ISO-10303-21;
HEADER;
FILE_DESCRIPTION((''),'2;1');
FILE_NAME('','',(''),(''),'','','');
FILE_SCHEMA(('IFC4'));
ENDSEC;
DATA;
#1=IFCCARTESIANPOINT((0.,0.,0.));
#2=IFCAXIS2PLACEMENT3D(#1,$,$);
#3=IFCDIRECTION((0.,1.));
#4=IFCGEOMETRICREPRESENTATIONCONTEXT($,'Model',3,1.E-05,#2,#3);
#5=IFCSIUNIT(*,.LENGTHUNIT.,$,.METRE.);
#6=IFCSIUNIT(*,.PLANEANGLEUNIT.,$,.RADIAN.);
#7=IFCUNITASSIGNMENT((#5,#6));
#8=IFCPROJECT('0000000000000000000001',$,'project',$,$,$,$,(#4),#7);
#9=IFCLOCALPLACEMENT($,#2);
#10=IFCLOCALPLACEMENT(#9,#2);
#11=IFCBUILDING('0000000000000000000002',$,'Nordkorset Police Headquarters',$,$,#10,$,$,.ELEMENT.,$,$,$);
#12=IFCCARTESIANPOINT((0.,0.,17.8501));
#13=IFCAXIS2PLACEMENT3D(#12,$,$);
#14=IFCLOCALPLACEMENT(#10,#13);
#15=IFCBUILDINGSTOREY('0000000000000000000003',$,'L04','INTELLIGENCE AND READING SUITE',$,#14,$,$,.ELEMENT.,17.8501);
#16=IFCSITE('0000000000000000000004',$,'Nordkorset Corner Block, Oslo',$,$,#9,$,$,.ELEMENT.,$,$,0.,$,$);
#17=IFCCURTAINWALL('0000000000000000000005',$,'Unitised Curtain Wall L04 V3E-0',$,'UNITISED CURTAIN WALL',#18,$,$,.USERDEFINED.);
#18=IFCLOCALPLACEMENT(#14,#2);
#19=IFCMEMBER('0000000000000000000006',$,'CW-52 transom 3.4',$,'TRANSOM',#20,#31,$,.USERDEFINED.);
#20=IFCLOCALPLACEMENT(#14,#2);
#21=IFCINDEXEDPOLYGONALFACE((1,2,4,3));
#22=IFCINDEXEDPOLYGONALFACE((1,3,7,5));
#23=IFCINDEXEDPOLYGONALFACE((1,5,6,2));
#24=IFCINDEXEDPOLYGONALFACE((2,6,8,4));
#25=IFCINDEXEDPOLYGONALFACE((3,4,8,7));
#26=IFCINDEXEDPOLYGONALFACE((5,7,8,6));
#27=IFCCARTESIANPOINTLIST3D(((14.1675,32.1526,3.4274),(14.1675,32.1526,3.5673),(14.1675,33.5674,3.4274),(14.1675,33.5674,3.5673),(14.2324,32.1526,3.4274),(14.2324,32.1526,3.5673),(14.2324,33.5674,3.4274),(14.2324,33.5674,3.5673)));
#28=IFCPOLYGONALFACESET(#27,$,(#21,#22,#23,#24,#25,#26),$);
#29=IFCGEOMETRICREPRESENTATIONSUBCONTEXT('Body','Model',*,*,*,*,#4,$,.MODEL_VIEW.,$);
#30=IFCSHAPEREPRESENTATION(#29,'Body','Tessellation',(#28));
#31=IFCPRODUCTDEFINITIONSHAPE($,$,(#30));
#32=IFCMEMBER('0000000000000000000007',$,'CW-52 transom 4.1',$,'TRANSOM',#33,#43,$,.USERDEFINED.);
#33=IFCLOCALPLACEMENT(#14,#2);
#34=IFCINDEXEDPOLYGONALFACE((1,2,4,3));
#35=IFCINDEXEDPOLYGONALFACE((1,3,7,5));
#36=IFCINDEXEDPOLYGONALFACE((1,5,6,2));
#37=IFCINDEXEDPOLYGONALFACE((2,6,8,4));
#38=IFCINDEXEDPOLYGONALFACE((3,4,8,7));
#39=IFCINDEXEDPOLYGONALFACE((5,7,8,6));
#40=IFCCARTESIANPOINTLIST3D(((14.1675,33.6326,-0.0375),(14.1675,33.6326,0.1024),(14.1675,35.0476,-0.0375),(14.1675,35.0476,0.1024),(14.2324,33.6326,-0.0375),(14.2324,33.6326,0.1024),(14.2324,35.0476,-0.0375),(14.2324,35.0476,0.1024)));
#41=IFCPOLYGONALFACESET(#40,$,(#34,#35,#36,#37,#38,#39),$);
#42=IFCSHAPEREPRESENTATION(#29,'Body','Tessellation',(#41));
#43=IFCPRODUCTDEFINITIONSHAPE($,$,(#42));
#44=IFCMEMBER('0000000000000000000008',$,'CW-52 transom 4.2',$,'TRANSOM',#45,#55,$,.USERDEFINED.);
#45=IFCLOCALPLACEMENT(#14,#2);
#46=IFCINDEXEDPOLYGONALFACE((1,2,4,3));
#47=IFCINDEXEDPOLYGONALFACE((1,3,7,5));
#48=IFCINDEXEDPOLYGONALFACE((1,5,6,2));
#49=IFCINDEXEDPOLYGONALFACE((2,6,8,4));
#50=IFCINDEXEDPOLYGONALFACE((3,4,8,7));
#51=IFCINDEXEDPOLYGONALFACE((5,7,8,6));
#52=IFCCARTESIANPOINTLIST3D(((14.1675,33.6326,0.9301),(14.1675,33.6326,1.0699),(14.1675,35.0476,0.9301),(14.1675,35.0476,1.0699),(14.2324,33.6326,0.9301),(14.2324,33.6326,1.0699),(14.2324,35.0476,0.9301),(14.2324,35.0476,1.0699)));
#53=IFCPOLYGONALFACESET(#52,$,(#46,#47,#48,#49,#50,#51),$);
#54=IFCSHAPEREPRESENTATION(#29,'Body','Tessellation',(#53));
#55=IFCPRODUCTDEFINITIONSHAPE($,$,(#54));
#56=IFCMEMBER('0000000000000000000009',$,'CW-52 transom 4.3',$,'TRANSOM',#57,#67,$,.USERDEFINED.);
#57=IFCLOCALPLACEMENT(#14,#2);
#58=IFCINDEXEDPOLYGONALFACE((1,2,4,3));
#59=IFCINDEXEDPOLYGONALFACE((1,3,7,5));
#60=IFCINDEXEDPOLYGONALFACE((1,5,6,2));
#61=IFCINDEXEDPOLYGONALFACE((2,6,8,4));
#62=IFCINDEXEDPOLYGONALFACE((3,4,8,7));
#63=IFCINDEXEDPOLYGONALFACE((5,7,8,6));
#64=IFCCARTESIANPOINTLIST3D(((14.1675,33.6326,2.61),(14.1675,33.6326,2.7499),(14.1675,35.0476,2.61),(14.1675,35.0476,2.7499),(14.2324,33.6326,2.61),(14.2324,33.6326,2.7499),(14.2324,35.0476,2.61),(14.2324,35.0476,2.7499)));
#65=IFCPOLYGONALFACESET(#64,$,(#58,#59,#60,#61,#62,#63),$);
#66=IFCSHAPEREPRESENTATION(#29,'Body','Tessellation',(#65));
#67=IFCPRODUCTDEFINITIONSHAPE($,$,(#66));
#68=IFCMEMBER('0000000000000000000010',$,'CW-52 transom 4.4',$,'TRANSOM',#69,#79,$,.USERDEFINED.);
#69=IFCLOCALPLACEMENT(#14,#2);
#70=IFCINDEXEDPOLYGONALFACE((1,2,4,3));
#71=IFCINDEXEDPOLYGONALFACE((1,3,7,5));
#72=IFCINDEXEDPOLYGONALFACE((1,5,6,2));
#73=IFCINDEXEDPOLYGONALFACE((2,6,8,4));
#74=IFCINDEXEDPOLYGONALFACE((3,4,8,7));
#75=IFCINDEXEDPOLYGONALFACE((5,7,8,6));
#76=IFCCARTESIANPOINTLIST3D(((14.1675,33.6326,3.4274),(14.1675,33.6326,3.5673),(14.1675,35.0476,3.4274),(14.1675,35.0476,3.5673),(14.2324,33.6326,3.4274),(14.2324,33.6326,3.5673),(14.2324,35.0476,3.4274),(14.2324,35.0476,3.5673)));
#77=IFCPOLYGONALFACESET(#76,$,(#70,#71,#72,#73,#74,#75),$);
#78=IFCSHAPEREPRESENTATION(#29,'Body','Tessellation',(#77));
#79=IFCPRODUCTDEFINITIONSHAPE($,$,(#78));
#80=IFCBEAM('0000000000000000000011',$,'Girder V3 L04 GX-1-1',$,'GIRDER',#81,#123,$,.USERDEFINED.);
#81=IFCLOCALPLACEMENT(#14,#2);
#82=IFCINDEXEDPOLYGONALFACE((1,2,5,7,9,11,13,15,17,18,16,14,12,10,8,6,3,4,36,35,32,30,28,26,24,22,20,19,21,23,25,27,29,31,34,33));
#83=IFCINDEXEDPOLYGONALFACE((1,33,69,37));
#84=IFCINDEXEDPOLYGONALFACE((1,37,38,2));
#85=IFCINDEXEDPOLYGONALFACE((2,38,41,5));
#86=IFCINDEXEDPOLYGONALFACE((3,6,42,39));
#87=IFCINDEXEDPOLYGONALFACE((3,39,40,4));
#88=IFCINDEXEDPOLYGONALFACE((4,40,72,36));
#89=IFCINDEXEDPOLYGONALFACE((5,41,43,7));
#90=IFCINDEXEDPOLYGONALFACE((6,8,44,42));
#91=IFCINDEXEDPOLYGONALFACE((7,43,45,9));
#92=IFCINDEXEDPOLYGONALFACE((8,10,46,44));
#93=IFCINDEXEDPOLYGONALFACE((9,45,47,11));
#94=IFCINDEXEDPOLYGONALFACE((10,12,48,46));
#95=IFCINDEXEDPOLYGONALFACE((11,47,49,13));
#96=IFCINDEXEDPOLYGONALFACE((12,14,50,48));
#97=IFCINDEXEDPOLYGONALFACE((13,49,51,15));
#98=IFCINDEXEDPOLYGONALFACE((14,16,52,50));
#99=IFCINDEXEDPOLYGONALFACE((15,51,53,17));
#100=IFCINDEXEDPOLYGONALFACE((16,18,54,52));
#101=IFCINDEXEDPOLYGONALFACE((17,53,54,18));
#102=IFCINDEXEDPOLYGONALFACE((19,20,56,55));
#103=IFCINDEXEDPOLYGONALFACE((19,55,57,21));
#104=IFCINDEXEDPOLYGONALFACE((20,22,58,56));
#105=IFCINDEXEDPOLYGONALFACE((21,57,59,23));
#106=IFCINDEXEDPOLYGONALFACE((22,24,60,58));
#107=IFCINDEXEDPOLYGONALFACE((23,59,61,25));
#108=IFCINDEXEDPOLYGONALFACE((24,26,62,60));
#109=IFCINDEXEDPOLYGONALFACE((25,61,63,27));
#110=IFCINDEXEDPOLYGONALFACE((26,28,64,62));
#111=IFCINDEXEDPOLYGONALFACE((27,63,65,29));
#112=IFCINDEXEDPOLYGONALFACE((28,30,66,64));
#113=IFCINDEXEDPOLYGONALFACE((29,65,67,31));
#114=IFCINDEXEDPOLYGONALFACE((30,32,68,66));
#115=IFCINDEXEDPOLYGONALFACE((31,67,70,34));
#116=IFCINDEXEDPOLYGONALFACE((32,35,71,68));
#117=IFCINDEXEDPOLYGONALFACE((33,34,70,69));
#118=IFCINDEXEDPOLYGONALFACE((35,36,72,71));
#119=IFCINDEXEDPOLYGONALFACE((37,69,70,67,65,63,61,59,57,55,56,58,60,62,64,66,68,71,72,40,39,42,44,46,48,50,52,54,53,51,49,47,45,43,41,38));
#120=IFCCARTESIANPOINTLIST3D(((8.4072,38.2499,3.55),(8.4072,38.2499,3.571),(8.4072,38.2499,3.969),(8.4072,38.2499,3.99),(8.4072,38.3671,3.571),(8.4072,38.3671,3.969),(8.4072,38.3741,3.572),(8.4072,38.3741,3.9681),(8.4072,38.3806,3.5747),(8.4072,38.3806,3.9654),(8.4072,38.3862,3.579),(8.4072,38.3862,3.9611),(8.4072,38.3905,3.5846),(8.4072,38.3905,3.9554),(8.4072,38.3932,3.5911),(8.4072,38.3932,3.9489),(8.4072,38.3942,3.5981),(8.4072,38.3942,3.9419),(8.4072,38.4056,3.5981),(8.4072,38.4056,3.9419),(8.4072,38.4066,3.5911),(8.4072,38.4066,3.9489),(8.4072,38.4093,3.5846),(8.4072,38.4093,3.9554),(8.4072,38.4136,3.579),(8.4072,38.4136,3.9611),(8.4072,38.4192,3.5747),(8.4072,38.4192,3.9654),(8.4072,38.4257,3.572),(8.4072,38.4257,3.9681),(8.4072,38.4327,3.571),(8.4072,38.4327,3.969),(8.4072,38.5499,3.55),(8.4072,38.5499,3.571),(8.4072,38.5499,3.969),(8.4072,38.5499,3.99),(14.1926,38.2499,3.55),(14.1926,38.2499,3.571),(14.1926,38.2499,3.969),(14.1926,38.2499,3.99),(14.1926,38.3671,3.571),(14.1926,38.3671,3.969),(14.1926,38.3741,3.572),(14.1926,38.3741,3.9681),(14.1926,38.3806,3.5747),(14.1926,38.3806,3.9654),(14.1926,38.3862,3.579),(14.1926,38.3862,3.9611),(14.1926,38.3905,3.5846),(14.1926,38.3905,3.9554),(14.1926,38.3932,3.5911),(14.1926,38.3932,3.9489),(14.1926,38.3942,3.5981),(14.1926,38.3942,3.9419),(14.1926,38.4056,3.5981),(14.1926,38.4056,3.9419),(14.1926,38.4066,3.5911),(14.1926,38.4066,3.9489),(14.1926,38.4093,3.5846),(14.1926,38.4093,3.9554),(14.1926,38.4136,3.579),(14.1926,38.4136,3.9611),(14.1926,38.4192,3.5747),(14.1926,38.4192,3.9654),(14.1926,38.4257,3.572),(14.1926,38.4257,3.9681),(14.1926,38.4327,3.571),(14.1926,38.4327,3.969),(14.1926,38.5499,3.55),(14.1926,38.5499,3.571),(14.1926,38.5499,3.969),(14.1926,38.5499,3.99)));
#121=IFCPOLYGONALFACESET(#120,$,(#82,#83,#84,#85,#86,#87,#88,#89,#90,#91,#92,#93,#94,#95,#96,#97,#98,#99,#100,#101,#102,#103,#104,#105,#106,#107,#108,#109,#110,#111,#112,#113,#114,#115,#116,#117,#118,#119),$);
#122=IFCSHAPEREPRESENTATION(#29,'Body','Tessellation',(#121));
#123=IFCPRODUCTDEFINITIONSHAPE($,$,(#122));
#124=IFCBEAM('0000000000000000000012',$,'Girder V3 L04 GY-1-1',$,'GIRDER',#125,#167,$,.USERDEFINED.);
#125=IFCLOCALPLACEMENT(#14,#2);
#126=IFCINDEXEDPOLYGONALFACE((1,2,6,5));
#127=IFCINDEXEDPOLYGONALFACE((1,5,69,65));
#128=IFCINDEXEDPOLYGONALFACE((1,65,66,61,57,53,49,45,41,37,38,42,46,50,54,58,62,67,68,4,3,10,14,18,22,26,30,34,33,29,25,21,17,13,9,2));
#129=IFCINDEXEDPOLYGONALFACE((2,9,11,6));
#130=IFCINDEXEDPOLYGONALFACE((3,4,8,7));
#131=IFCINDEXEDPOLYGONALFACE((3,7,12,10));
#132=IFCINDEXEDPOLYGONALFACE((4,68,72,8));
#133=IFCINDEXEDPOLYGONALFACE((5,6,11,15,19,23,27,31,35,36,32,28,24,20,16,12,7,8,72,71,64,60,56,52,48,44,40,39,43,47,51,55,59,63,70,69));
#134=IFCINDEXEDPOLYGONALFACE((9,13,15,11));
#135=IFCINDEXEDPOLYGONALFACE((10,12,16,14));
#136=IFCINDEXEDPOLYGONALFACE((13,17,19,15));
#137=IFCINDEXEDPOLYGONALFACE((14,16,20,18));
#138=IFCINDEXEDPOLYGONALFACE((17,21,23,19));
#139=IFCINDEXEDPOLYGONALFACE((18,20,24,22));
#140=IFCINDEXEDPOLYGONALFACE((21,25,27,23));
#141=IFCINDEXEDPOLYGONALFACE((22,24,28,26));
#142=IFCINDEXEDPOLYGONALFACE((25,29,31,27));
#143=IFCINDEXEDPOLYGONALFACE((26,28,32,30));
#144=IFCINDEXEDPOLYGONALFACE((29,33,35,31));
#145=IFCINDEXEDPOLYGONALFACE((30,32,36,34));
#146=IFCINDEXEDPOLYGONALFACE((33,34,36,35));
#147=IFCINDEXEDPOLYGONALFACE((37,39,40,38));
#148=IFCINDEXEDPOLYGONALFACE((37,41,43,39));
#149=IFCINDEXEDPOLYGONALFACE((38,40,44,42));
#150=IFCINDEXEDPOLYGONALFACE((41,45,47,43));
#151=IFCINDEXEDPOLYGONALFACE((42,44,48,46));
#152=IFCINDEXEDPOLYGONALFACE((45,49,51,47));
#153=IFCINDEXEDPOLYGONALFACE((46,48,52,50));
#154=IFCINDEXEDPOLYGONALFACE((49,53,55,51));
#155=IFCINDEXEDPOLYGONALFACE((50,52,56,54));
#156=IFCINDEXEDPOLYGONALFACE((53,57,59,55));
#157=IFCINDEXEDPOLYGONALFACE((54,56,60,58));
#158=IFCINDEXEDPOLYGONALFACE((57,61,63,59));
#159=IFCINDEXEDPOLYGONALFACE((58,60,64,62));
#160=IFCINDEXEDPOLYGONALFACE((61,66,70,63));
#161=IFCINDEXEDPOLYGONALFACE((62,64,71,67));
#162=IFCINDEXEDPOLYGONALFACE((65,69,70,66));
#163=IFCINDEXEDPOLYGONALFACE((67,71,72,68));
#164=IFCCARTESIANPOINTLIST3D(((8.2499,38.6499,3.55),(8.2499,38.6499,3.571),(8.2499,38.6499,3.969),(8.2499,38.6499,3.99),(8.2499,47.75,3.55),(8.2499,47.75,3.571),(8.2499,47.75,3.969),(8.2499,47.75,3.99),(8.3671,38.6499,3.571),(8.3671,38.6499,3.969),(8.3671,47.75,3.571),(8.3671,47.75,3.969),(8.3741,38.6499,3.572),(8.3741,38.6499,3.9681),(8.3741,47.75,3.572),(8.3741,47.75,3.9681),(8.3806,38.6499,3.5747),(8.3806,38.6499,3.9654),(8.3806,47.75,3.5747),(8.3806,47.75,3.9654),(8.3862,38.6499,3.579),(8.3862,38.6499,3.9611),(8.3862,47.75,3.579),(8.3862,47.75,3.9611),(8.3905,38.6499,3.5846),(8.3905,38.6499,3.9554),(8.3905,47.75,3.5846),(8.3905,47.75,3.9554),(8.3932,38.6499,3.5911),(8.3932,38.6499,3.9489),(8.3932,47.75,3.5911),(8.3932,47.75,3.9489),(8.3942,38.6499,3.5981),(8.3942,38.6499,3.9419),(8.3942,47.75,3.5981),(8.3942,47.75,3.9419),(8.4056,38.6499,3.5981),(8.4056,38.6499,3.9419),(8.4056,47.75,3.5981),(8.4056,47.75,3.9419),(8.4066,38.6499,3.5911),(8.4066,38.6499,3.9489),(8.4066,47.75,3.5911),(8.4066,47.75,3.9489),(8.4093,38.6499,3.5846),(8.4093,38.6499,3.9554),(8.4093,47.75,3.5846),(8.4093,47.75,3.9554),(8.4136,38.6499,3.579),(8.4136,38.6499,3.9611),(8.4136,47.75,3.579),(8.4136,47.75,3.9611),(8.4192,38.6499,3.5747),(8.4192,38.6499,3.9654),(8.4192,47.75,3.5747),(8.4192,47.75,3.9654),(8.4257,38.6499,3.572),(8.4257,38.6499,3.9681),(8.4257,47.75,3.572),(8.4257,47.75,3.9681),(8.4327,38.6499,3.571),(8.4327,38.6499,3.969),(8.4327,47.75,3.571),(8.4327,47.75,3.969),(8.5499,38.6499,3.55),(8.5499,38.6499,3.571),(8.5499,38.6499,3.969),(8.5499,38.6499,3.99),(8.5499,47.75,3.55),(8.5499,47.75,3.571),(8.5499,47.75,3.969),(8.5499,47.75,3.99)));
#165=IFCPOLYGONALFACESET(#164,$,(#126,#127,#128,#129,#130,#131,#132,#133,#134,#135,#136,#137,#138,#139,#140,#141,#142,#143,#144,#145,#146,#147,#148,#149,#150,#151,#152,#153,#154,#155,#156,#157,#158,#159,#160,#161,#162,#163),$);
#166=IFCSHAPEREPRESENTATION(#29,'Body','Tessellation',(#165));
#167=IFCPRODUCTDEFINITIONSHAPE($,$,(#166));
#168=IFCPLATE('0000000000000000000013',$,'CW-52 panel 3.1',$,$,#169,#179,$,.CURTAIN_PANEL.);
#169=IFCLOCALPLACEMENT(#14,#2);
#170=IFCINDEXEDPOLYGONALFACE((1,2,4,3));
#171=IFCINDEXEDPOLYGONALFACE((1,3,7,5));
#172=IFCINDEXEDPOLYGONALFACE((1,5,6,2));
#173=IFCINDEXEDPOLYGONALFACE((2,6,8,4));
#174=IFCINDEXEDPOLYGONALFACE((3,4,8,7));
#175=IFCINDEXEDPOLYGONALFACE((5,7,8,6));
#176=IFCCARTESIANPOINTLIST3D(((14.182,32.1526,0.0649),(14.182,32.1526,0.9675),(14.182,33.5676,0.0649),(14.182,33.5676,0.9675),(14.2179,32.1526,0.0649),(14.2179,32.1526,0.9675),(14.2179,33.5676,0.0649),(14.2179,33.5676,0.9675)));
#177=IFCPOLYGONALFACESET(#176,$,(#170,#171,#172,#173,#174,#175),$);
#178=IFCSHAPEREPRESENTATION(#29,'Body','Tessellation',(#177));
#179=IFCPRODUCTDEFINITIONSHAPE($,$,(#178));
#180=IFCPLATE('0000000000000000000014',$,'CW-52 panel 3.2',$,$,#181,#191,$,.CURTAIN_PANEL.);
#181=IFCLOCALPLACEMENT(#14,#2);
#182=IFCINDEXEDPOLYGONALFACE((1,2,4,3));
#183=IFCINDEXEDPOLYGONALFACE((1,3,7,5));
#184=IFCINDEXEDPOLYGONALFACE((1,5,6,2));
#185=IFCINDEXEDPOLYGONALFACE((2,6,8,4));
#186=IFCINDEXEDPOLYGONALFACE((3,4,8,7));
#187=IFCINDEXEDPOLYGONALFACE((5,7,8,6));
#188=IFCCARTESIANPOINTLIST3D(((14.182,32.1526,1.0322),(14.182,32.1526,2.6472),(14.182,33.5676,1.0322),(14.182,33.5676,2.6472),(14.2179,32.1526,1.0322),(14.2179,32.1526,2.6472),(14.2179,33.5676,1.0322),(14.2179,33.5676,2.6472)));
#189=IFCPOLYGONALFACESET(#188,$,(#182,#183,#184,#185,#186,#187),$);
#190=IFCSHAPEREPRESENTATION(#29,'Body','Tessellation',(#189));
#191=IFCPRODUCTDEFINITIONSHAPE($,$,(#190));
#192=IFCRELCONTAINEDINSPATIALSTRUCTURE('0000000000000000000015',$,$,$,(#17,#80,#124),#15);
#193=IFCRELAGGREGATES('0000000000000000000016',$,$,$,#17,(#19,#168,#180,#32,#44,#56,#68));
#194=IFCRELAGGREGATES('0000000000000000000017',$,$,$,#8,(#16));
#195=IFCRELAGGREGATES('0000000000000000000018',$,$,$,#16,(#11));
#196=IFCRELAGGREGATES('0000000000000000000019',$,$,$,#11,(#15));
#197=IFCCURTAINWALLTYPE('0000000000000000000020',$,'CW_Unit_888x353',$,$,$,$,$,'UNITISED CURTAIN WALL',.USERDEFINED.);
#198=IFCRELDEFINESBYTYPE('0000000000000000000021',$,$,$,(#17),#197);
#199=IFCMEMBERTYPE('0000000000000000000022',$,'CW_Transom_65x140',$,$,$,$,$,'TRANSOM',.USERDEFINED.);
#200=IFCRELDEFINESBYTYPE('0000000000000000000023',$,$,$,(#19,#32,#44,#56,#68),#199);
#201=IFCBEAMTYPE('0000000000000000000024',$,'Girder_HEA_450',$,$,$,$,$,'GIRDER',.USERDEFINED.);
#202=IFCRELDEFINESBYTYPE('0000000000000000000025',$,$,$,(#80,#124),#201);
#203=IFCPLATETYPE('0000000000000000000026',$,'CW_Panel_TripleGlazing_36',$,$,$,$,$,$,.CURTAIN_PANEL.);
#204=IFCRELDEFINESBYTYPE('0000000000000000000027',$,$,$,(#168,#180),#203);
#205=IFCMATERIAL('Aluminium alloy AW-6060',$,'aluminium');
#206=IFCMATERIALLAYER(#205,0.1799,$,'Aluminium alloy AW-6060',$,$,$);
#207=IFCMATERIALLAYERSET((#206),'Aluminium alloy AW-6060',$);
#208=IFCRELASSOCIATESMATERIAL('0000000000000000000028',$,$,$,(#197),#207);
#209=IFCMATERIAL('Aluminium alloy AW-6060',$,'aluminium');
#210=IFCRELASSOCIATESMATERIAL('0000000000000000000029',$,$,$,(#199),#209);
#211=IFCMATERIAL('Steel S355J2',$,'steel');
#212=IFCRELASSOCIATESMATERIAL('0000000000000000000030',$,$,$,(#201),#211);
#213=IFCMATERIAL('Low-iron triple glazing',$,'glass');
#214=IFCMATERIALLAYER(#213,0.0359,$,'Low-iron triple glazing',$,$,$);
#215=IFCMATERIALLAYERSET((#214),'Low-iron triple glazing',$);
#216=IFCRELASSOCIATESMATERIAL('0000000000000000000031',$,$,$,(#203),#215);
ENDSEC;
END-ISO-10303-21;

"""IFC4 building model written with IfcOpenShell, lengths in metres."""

from ifc_helpers import new_model, si_unit, direction, frame, origin, origin_2d, place, context, subcontext, project, spatial, rectangle, i_section, extrude, material, layer, layer_set, material_profile, profile_set, type_object, element, aggregate, save


model = new_model("IFC4")

# Units and contexts
model_context = context("Model", 3, precision=1e-05, world=origin(), true_north=direction((0.0, 1.0)))
body_context = subcontext(model_context, "Body", "Model", "MODEL_VIEW")
ifc_project = project(units=[si_unit("LENGTHUNIT", "METRE"), si_unit("PLANEANGLEUNIT", "RADIAN")], contexts=[model_context])

# Site, building, storey
site_placement = place(None, origin())
site = spatial("IfcSite", under=ifc_project, at=site_placement, Name="Nordkorset Corner Block, Oslo", CompositionType="ELEMENT", RefElevation=0.0)
building_placement = place(site_placement, origin())
building = spatial("IfcBuilding", under=site, at=building_placement, Name="Nordkorset Police Headquarters", CompositionType="ELEMENT")
storey_placement = place(building_placement, frame((0.0, 0.0, 17.8501)))
storey = spatial("IfcBuildingStorey", under=building, at=storey_placement, Name="L04", Description="INTELLIGENCE AND READING SUITE", CompositionType="ELEMENT", Elevation=17.8501)

# Curtain wall, members
ifc_material_1 = material(Name="Aluminium alloy AW-6060", Category="aluminium")
ifc_layer_1 = layer(ifc_material_1, 0.1799, Name="Aluminium alloy AW-6060")
ifc_layer_set_1 = layer_set([ifc_layer_1], Name="Aluminium alloy AW-6060")
curtain_wall_type = type_object("IfcCurtainWallType", Name="CW_Unit_888x353", ElementType="UNITISED CURTAIN WALL", PredefinedType="USERDEFINED", material=ifc_layer_set_1)
curtain_wall_placement = place(storey_placement, origin())
curtain_wall = element("IfcCurtainWall", 1, at=curtain_wall_placement, inside=storey, type_object=curtain_wall_type, Name="Unitised Curtain Wall L04 V3E-0", ObjectType="UNITISED CURTAIN WALL", PredefinedType="USERDEFINED")
ifc_material_2 = material(Name="Aluminium alloy AW-6060", Category="aluminium")
ifc_material_profile_1 = material_profile(ifc_material_2, rectangle(XDim=0.0649, YDim=0.1399, at=origin_2d()), Name="ALU TRAN 65x140")
ifc_profile_set_1 = profile_set([ifc_material_profile_1], Name="Aluminium alloy AW-6060")
member_type_1 = type_object("IfcMemberType", Name="CW_Transom_65x140", ElementType="TRANSOM", PredefinedType="USERDEFINED", material=ifc_profile_set_1)
member_1_placement = place(storey_placement, frame((14.2, 32.1526, 3.4973), z_axis=(0.0, 1.0, 0.0), x_axis=(-1.0, 0.0, 0.0)))
member_1 = element("IfcMember", 2, at=member_1_placement, type_object=member_type_1, Name="CW-52 transom 3.4", ObjectType="TRANSOM", PredefinedType="USERDEFINED", context=body_context, shape_type="SweptSolid", body=[
    extrude(rectangle(XDim=0.0649, YDim=0.1399, at=origin_2d()), origin(), (0.0, 0.0, 1.0), 1.4148),
])
member_2_placement = place(storey_placement, frame((14.2, 33.6326, 0.0325), z_axis=(0.0, 1.0, 0.0), x_axis=(-1.0, 0.0, 0.0)))
member_2 = element("IfcMember", 3, at=member_2_placement, type_object=member_type_1, Name="CW-52 transom 4.1", ObjectType="TRANSOM", PredefinedType="USERDEFINED", context=body_context, shape_type="SweptSolid", body=[
    extrude(rectangle(XDim=0.0649, YDim=0.1399, at=origin_2d()), origin(), (0.0, 0.0, 1.0), 1.415),
])
member_3_placement = place(storey_placement, frame((14.2, 33.6326, 1.0), z_axis=(0.0, 1.0, 0.0), x_axis=(-1.0, 0.0, 0.0)))
member_3 = element("IfcMember", 4, at=member_3_placement, type_object=member_type_1, Name="CW-52 transom 4.2", ObjectType="TRANSOM", PredefinedType="USERDEFINED", context=body_context, shape_type="SweptSolid", body=[
    extrude(rectangle(XDim=0.0649, YDim=0.1399, at=origin_2d()), origin(), (0.0, 0.0, 1.0), 1.415),
])
member_4_placement = place(storey_placement, frame((14.2, 33.6326, 2.6799), z_axis=(0.0, 1.0, 0.0), x_axis=(-1.0, 0.0, 0.0)))
member_4 = element("IfcMember", 5, at=member_4_placement, type_object=member_type_1, Name="CW-52 transom 4.3", ObjectType="TRANSOM", PredefinedType="USERDEFINED", context=body_context, shape_type="SweptSolid", body=[
    extrude(rectangle(XDim=0.0649, YDim=0.1399, at=origin_2d()), origin(), (0.0, 0.0, 1.0), 1.415),
])
member_5_placement = place(storey_placement, frame((14.2, 33.6326, 3.4973), z_axis=(0.0, 1.0, 0.0), x_axis=(-1.0, 0.0, 0.0)))
member_5 = element("IfcMember", 6, at=member_5_placement, type_object=member_type_1, Name="CW-52 transom 4.4", ObjectType="TRANSOM", PredefinedType="USERDEFINED", context=body_context, shape_type="SweptSolid", body=[
    extrude(rectangle(XDim=0.0649, YDim=0.1399, at=origin_2d()), origin(), (0.0, 0.0, 1.0), 1.415),
])

# Beams
ifc_material_3 = material(Name="Steel S355J2", Category="steel")
ifc_material_profile_2 = material_profile(ifc_material_3, i_section(OverallWidth=0.3, OverallDepth=0.4399, WebThickness=0.0115, FlangeThickness=0.021, FilletRadius=0.0271, at=origin_2d()), Name="HEA 450")
ifc_profile_set_2 = profile_set([ifc_material_profile_2], Name="Steel S355J2")
beam_type_1 = type_object("IfcBeamType", Name="Girder_HEA_450", ElementType="GIRDER", PredefinedType="USERDEFINED", material=ifc_profile_set_2)
beam_1_placement = place(storey_placement, frame((8.4072, 38.3999, 3.77), z_axis=(1.0, 0.0, 0.0), x_axis=(0.0, 1.0, 0.0)))
element("IfcBeam", 7, at=beam_1_placement, inside=storey, type_object=beam_type_1, Name="Girder V3 L04 GX-1-1", ObjectType="GIRDER", PredefinedType="USERDEFINED", context=body_context, shape_type="SweptSolid", body=[
    extrude(i_section(OverallWidth=0.3, OverallDepth=0.4399, WebThickness=0.0115, FlangeThickness=0.021, FilletRadius=0.0271, at=origin_2d()), origin(), (0.0, 0.0, 1.0), 5.7854),
])
beam_2_placement = place(storey_placement, frame((8.3999, 38.6499, 3.77), z_axis=(0.0, 1.0, 0.0), x_axis=(-1.0, 0.0, 0.0)))
element("IfcBeam", 8, at=beam_2_placement, inside=storey, type_object=beam_type_1, Name="Girder V3 L04 GY-1-1", ObjectType="GIRDER", PredefinedType="USERDEFINED", context=body_context, shape_type="SweptSolid", body=[
    extrude(i_section(OverallWidth=0.3, OverallDepth=0.4399, WebThickness=0.0115, FlangeThickness=0.021, FilletRadius=0.0271, at=origin_2d()), origin(), (0.0, 0.0, 1.0), 9.1001),
])

# Plates
ifc_material_4 = material(Name="Low-iron triple glazing", Category="glass")
ifc_layer_2 = layer(ifc_material_4, 0.0359, Name="Low-iron triple glazing")
ifc_layer_set_2 = layer_set([ifc_layer_2], Name="Low-iron triple glazing")
plate_type_1 = type_object("IfcPlateType", Name="CW_Panel_TripleGlazing_36", PredefinedType="CURTAIN_PANEL", material=ifc_layer_set_2)
plate_1_placement = place(storey_placement, frame((14.2, 32.8601, 0.0649), z_axis=(0.0, 0.0, 1.0), x_axis=(0.0, 1.0, 0.0)))
plate_1 = element("IfcPlate", 9, at=plate_1_placement, type_object=plate_type_1, Name="CW-52 panel 3.1", PredefinedType="CURTAIN_PANEL", context=body_context, shape_type="SweptSolid", body=[
    extrude(rectangle(XDim=1.415, YDim=0.0359, at=origin_2d()), origin(), (0.0, 0.0, 1.0), 0.9026),
])
plate_2_placement = place(storey_placement, frame((14.2, 32.8601, 1.0322), z_axis=(0.0, 0.0, 1.0), x_axis=(0.0, 1.0, 0.0)))
plate_2 = element("IfcPlate", 10, at=plate_2_placement, type_object=plate_type_1, Name="CW-52 panel 3.2", PredefinedType="CURTAIN_PANEL", context=body_context, shape_type="SweptSolid", body=[
    extrude(rectangle(XDim=1.415, YDim=0.0359, at=origin_2d()), origin(), (0.0, 0.0, 1.0), 1.615),
])
aggregate(curtain_wall, [member_1, plate_1, plate_2, member_2, member_3, member_4, member_5])

save(model, "model.ifc")
